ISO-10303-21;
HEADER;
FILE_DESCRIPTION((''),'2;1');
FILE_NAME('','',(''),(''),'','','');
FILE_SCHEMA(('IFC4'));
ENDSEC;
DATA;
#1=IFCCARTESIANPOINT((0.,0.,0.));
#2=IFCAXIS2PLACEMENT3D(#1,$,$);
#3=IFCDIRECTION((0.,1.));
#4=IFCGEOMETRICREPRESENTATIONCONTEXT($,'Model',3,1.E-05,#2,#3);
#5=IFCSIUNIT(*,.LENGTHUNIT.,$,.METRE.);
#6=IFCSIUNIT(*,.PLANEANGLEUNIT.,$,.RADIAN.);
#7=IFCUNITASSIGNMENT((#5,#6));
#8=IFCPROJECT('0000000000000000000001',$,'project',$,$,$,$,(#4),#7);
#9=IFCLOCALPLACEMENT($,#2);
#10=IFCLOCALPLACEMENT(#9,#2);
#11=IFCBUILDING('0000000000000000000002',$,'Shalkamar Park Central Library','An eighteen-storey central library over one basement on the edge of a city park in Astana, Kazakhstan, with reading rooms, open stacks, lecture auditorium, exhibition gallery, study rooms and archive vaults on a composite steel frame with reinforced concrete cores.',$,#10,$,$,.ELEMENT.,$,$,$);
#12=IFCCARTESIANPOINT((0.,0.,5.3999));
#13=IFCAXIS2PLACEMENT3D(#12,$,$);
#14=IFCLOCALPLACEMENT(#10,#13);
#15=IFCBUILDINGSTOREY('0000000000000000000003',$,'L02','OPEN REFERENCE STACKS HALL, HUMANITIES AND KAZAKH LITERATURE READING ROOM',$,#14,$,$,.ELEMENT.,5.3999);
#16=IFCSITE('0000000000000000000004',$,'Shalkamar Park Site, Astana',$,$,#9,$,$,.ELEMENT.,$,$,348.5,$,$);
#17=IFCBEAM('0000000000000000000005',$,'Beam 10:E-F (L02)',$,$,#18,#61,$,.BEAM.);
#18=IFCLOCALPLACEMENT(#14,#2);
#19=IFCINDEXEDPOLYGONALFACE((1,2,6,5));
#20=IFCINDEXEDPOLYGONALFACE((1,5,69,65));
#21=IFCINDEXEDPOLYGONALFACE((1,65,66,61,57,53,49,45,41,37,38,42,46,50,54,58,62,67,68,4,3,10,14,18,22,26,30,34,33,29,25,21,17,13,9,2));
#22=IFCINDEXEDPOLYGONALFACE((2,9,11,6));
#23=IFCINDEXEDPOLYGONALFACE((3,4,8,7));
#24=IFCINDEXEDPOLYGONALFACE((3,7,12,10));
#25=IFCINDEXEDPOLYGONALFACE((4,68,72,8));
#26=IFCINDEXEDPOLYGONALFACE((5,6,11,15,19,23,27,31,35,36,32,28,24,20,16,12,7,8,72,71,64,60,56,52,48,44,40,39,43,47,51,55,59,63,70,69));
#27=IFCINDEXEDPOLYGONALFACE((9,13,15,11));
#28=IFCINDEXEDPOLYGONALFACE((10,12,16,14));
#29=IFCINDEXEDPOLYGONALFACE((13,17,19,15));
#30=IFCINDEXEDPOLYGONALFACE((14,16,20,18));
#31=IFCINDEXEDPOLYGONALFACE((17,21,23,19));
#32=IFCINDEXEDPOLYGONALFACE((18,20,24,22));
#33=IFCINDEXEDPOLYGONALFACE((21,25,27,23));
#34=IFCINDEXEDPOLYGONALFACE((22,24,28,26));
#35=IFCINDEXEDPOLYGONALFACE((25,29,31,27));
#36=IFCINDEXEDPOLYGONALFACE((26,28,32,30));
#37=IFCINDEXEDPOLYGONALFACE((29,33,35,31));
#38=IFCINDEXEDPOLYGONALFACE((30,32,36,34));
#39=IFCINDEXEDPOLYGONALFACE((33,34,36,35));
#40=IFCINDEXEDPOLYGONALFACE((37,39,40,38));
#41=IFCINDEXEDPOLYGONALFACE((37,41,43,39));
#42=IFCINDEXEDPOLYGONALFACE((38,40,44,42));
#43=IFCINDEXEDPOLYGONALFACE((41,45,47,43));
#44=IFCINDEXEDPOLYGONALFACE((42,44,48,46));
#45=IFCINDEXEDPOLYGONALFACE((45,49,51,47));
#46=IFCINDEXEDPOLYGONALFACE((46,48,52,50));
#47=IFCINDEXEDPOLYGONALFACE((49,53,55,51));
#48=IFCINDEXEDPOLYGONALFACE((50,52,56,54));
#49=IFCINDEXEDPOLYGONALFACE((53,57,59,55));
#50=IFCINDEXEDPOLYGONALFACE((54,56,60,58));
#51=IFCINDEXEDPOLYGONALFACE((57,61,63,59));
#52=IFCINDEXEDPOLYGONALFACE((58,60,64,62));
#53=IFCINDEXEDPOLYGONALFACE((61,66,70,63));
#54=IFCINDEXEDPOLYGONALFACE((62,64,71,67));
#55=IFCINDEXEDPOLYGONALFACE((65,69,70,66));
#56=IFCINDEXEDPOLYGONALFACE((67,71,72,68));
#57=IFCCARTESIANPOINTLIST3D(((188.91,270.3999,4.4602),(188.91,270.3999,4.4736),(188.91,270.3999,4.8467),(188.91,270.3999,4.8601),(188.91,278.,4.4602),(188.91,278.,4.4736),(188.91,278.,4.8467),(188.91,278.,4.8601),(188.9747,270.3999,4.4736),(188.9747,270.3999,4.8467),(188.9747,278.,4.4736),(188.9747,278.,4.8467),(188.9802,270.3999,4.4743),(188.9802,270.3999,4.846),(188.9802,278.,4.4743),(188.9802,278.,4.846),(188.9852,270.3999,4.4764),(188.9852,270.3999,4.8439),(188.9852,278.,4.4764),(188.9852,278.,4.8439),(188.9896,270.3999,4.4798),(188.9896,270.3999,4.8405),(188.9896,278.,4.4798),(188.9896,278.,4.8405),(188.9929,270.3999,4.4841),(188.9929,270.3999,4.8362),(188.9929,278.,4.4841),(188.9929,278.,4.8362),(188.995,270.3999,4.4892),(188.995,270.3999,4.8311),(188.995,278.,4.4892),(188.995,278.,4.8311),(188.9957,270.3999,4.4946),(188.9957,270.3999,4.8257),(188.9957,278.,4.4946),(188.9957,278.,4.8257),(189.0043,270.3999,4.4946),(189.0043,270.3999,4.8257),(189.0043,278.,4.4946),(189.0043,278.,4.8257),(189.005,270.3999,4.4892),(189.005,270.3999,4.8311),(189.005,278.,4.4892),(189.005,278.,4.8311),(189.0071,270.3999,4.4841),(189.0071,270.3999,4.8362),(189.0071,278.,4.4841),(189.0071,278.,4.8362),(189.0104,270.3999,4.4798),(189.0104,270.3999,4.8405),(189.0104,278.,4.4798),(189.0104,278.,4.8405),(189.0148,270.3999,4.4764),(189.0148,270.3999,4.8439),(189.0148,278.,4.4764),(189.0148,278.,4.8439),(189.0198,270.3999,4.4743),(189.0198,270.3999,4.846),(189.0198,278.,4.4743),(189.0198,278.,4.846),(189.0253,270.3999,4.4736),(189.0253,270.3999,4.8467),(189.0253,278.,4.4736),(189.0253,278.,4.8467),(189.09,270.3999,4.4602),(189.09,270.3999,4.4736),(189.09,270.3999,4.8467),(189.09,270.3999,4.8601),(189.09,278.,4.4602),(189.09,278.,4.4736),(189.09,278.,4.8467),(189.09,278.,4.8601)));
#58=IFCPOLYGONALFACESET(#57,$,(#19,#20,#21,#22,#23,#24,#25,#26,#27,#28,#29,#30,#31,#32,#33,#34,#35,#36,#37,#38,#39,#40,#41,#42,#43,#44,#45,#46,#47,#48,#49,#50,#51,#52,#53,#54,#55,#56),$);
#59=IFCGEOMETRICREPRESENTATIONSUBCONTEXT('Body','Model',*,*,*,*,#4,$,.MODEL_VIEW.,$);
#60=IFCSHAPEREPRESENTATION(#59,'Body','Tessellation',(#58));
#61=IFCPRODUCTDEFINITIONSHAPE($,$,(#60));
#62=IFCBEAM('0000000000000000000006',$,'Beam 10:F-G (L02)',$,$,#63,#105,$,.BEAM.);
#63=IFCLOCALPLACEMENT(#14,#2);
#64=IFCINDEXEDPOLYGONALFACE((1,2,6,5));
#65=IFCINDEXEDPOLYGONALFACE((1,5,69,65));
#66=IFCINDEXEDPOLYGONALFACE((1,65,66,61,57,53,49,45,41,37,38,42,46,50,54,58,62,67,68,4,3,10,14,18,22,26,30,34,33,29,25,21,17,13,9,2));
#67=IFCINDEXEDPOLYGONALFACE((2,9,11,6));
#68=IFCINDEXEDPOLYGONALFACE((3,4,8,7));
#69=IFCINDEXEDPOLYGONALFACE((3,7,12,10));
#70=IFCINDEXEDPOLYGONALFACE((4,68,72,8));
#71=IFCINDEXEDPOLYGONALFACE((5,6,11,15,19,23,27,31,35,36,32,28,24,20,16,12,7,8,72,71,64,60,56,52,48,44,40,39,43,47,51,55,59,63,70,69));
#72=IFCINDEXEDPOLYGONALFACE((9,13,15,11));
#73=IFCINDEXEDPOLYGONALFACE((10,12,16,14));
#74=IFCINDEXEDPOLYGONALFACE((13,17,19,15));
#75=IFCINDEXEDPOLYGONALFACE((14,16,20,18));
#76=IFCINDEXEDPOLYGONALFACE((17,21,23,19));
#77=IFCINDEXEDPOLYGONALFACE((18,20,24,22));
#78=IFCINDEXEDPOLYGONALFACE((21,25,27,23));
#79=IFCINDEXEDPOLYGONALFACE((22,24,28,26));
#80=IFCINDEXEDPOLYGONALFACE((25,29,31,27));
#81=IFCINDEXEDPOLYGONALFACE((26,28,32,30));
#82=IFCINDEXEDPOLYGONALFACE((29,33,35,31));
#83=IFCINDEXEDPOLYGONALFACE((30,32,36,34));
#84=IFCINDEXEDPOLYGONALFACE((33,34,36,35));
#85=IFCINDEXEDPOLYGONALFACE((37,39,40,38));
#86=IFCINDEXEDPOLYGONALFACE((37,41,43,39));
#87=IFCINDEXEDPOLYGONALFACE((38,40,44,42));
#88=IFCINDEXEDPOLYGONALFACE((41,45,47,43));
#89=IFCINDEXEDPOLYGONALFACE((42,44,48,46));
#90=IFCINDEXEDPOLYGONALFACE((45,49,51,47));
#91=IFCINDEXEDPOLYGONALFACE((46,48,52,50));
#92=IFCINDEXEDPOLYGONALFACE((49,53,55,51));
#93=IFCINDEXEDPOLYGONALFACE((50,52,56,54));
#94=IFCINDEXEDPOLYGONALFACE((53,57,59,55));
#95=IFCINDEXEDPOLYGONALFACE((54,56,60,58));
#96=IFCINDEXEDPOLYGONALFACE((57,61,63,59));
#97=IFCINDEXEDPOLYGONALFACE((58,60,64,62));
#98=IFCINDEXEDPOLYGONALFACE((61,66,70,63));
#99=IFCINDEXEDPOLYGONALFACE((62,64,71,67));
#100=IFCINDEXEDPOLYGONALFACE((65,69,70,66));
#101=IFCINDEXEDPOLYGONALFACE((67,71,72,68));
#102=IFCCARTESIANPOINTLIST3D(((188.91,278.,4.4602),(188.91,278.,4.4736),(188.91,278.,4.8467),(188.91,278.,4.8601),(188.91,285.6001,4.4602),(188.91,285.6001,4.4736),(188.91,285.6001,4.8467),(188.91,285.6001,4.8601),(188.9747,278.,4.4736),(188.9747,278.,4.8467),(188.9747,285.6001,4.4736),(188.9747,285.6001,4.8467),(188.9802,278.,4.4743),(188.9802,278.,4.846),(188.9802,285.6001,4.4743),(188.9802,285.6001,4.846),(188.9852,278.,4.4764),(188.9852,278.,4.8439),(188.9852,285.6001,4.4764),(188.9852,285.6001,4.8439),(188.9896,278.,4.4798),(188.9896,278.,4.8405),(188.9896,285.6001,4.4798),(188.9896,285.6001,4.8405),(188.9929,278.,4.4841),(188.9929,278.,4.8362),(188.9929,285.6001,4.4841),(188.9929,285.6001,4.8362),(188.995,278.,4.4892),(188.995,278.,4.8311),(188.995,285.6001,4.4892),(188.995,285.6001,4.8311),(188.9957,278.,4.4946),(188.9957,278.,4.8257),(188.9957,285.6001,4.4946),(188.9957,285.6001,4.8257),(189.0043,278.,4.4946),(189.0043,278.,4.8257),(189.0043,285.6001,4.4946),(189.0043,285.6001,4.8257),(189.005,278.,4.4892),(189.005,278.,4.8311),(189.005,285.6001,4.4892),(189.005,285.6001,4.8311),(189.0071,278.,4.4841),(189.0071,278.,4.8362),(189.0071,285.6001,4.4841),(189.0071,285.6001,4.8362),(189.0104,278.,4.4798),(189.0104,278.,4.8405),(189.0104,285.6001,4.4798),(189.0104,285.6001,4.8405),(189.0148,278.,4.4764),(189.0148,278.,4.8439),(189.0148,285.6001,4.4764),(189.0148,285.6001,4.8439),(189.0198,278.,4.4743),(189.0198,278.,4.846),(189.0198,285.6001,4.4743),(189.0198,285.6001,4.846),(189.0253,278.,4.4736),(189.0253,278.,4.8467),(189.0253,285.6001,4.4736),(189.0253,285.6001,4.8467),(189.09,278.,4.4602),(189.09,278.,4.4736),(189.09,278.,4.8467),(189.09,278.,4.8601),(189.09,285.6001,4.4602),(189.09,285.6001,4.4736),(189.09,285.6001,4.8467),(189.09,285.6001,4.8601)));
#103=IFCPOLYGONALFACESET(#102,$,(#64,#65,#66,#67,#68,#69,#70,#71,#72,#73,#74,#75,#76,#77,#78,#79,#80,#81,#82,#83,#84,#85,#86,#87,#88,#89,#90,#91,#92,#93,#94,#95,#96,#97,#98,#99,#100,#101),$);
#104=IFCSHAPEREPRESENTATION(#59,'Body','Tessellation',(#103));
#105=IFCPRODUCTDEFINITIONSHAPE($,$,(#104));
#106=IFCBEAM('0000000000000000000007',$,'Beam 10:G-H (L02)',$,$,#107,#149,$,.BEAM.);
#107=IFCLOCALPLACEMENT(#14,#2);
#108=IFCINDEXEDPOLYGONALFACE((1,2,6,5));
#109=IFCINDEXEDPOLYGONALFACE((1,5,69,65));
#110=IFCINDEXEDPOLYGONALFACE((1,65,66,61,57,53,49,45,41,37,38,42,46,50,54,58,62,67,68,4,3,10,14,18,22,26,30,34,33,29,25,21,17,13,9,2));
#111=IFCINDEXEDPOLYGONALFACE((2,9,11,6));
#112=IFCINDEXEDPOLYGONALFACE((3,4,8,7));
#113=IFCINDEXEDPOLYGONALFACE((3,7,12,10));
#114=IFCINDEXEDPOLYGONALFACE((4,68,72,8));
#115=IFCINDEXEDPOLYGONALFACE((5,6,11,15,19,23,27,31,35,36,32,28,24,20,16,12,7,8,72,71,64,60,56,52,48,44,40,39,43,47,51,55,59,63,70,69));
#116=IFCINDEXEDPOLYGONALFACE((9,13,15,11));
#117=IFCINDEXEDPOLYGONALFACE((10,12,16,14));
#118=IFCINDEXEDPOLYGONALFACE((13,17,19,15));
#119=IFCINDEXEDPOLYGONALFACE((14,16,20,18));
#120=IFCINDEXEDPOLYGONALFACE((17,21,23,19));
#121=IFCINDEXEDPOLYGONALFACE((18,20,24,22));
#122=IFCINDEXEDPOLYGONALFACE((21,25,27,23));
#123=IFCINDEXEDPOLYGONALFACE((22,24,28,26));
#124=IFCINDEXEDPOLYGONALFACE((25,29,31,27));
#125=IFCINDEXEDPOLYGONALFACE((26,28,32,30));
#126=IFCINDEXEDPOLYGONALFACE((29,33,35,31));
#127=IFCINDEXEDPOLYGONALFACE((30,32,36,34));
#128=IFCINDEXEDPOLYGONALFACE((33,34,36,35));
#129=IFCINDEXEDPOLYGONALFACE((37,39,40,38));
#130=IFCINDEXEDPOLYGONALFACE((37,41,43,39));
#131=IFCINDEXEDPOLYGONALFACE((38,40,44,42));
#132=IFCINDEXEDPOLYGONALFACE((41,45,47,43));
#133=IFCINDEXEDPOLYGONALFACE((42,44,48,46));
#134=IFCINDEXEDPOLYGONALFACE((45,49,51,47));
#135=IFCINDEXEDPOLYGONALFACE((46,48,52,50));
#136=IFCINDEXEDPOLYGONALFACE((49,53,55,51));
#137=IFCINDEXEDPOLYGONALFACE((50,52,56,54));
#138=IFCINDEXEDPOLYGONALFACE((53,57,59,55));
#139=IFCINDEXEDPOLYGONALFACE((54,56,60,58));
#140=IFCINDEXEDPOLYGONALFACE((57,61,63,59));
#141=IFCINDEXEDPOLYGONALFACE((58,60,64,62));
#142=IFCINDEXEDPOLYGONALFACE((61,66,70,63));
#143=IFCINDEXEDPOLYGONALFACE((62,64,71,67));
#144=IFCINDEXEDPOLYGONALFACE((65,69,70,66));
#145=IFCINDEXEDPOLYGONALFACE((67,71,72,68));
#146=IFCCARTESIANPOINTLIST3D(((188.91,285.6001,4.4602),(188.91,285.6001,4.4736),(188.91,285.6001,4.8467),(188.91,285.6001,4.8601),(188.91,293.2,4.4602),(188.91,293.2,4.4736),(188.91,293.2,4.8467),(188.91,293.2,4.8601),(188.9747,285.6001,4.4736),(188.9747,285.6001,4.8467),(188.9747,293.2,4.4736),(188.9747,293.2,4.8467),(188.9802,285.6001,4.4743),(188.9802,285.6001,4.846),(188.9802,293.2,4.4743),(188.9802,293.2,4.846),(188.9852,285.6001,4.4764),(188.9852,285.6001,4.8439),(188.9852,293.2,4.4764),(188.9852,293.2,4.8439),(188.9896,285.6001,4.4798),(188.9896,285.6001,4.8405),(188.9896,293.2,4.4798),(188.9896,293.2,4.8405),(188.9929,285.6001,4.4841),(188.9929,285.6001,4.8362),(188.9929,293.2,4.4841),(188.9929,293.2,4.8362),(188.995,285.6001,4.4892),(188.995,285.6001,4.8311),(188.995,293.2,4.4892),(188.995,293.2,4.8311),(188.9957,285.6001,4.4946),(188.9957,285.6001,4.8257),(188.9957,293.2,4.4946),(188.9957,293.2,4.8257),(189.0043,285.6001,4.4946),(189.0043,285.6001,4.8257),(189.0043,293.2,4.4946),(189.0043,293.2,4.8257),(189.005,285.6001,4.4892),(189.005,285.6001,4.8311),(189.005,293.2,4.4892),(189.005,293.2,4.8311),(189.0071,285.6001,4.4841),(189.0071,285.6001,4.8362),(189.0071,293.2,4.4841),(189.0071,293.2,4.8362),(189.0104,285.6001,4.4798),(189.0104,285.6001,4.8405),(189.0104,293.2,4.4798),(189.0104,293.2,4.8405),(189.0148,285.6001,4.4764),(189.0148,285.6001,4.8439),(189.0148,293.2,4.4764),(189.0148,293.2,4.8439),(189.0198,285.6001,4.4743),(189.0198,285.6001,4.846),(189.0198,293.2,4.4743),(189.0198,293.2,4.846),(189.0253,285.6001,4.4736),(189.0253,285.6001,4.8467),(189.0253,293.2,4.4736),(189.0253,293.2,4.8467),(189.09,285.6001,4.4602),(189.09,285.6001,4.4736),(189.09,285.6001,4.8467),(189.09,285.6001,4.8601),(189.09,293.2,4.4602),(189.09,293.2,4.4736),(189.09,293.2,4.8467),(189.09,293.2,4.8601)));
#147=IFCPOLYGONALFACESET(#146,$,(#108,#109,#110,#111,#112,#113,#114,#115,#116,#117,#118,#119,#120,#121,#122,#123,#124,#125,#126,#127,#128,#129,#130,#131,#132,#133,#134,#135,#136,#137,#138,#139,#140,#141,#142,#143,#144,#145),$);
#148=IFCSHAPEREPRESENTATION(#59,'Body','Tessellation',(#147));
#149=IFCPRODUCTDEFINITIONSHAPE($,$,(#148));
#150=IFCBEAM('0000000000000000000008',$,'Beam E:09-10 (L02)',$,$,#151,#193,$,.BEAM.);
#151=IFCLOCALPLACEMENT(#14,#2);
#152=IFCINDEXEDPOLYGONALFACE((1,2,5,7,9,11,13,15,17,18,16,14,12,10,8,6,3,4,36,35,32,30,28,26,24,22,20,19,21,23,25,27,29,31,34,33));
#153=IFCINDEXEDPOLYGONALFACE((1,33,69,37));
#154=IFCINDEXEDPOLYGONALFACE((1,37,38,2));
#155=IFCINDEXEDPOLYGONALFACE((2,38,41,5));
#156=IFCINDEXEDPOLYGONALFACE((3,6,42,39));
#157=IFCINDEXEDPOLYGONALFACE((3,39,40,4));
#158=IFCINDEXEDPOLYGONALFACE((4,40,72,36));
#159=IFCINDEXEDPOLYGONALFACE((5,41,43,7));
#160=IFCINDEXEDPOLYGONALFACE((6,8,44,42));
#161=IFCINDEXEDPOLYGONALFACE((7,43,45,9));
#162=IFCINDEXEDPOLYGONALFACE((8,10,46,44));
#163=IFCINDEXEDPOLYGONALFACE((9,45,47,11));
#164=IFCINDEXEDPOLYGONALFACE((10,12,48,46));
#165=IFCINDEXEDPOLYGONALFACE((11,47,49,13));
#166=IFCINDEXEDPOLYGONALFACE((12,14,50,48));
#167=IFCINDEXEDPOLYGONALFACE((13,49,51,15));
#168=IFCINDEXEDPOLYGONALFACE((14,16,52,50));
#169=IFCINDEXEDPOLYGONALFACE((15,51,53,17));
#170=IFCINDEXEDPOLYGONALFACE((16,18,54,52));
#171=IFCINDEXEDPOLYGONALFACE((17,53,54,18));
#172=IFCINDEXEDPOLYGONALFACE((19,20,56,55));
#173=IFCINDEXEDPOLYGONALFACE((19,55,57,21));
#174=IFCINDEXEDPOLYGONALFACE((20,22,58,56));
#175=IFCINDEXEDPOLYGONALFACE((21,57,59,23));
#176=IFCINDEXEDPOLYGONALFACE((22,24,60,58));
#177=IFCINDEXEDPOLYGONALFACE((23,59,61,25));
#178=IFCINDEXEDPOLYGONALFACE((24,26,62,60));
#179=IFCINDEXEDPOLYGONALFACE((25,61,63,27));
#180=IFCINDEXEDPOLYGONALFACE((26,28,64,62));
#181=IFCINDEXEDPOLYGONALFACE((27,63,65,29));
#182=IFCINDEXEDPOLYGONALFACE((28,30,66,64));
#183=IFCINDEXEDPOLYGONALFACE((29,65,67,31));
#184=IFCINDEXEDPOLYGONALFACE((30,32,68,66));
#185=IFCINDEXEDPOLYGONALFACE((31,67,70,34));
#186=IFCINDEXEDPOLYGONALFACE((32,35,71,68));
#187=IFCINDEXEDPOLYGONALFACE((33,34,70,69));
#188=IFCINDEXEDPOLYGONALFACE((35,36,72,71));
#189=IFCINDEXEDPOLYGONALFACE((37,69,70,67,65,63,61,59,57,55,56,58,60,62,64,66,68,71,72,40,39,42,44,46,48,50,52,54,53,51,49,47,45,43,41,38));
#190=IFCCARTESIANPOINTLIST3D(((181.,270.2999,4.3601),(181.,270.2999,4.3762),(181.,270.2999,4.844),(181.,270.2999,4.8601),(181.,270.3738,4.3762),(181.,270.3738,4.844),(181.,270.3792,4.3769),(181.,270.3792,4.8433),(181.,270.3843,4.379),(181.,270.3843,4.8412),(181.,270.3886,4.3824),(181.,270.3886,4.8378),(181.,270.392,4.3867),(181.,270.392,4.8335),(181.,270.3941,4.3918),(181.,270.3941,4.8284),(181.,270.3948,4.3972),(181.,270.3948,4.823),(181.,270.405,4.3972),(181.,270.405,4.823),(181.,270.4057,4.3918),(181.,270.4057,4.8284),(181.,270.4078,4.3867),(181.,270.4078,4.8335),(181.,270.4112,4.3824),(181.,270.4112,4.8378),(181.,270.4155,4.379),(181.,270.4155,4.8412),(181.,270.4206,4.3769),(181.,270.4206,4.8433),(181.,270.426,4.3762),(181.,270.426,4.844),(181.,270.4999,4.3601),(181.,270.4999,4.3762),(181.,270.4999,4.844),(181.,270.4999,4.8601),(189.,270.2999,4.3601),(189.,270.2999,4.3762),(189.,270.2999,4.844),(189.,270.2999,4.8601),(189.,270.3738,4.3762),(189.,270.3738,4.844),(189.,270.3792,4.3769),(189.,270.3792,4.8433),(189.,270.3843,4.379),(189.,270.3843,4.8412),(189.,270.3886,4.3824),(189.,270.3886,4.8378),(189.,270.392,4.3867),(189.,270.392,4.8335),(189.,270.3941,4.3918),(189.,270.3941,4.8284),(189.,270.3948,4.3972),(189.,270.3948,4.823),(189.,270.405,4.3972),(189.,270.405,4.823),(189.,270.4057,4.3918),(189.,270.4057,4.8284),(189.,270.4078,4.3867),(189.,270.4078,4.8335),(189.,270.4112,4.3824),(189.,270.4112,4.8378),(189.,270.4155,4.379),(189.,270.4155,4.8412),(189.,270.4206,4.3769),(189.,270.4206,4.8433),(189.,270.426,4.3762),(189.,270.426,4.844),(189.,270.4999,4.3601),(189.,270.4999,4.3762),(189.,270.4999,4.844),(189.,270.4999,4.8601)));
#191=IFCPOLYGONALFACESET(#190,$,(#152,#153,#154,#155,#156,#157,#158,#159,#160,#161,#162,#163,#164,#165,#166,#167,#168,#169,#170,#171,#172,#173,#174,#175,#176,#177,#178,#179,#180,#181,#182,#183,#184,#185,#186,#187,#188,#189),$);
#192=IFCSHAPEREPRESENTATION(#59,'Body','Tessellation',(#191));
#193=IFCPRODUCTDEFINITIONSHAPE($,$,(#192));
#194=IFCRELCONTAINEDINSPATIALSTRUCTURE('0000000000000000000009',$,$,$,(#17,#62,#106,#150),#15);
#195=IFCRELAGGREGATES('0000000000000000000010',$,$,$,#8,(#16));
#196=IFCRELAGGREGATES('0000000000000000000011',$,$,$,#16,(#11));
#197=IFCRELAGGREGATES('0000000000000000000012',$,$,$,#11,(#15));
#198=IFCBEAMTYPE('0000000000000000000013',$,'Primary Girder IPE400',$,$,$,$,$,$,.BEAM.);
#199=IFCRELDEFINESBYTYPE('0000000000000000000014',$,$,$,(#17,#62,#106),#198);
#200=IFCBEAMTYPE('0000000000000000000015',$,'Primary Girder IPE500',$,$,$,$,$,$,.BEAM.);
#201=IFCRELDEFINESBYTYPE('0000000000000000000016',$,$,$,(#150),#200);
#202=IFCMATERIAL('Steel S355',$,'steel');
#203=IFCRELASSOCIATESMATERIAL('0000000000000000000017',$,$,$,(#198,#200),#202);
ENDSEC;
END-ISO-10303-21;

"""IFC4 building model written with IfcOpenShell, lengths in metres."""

from ifc_helpers import new_model, si_unit, direction, frame, origin, origin_2d, place, context, subcontext, project, spatial, i_section, extrude, material, material_profile, profile_set, type_object, element, save


model = new_model("IFC4")

# Units and contexts
model_context = context("Model", 3, precision=1e-05, world=origin(), true_north=direction((0.0, 1.0)))
body_context = subcontext(model_context, "Body", "Model", "MODEL_VIEW")
ifc_project = project(units=[si_unit("LENGTHUNIT", "METRE"), si_unit("PLANEANGLEUNIT", "RADIAN")], contexts=[model_context])

# Site, building, storey
site_placement = place(None, origin())
site = spatial("IfcSite", under=ifc_project, at=site_placement, Name="Shalkamar Park Site, Astana", CompositionType="ELEMENT", RefElevation=348.5)
building_placement = place(site_placement, origin())
building = spatial("IfcBuilding", under=site, at=building_placement, Name="Shalkamar Park Central Library", Description="An eighteen-storey central library over one basement on the edge of a city park in Astana, Kazakhstan, with reading rooms, open stacks, lecture auditorium, exhibition gallery, study rooms and archive vaults on a composite steel frame with reinforced concrete cores.", CompositionType="ELEMENT")
storey_placement = place(building_placement, frame((0.0, 0.0, 5.3999)))
storey = spatial("IfcBuildingStorey", under=building, at=storey_placement, Name="L02", Description="OPEN REFERENCE STACKS HALL, HUMANITIES AND KAZAKH LITERATURE READING ROOM", CompositionType="ELEMENT", Elevation=5.3999)

# Shared definitions
ifc_material = material(Name="Steel S355", Category="steel")

# Beams
ifc_material_profile_1 = material_profile(ifc_material, i_section(OverallWidth=0.1799, OverallDepth=0.3999, WebThickness=0.0085, FlangeThickness=0.0134, FilletRadius=0.021, at=origin_2d()), Name="IPE 400")
ifc_profile_set_1 = profile_set([ifc_material_profile_1], Name="Steel S355")
beam_type_1 = type_object("IfcBeamType", Name="Primary Girder IPE400", PredefinedType="BEAM", material=ifc_profile_set_1)
for number, where, z_axis, x_axis, name in (
    (1, (189.0, 270.3999, 4.6602), (0.0, 1.0, 0.0), (-1.0, 0.0, 0.0), "Beam 10:E-F (L02)"),
    (2, (189.0, 278.0, 4.6602), (0.0, 1.0, 0.0), (-1.0, 0.0, 0.0), "Beam 10:F-G (L02)"),
):
    element("IfcBeam", number, at=place(storey_placement, frame(where, z_axis=z_axis, x_axis=x_axis)), inside=storey, type_object=beam_type_1, Name=name, PredefinedType="BEAM", context=body_context, shape_type="SweptSolid", body=[
        extrude(i_section(OverallWidth=0.1799, OverallDepth=0.3999, WebThickness=0.0085, FlangeThickness=0.0134, FilletRadius=0.021, at=origin_2d()), origin(), (0.0, 0.0, 1.0), 7.6001),
    ])
beam_1_placement = place(storey_placement, frame((189.0, 285.6001, 4.6602), z_axis=(0.0, 1.0, 0.0), x_axis=(-1.0, 0.0, 0.0)))
element("IfcBeam", 3, at=beam_1_placement, inside=storey, type_object=beam_type_1, Name="Beam 10:G-H (L02)", PredefinedType="BEAM", context=body_context, shape_type="SweptSolid", body=[
    extrude(i_section(OverallWidth=0.1799, OverallDepth=0.3999, WebThickness=0.0085, FlangeThickness=0.0134, FilletRadius=0.021, at=origin_2d()), origin(), (0.0, 0.0, 1.0), 7.5999),
])
ifc_material_profile_2 = material_profile(ifc_material, i_section(OverallWidth=0.2, OverallDepth=0.5, WebThickness=0.0103, FlangeThickness=0.0161, FilletRadius=0.021, at=origin_2d()), Name="IPE 500")
ifc_profile_set_2 = profile_set([ifc_material_profile_2], Name="Steel S355")
beam_type_2 = type_object("IfcBeamType", Name="Primary Girder IPE500", PredefinedType="BEAM", material=ifc_profile_set_2)
for number, where, z_axis, x_axis, name in (
    (4, (181.0, 270.3999, 4.6101), (1.0, 0.0, 0.0), (0.0, 1.0, 0.0), "Beam E:09-10 (L02)"),
):
    element("IfcBeam", number, at=place(storey_placement, frame(where, z_axis=z_axis, x_axis=x_axis)), inside=storey, type_object=beam_type_2, Name=name, PredefinedType="BEAM", context=body_context, shape_type="SweptSolid", body=[
        extrude(i_section(OverallWidth=0.2, OverallDepth=0.5, WebThickness=0.0103, FlangeThickness=0.0161, FilletRadius=0.021, at=origin_2d()), origin(), (0.0, 0.0, 1.0), 8.0),
    ])

save(model, "model.ifc")
